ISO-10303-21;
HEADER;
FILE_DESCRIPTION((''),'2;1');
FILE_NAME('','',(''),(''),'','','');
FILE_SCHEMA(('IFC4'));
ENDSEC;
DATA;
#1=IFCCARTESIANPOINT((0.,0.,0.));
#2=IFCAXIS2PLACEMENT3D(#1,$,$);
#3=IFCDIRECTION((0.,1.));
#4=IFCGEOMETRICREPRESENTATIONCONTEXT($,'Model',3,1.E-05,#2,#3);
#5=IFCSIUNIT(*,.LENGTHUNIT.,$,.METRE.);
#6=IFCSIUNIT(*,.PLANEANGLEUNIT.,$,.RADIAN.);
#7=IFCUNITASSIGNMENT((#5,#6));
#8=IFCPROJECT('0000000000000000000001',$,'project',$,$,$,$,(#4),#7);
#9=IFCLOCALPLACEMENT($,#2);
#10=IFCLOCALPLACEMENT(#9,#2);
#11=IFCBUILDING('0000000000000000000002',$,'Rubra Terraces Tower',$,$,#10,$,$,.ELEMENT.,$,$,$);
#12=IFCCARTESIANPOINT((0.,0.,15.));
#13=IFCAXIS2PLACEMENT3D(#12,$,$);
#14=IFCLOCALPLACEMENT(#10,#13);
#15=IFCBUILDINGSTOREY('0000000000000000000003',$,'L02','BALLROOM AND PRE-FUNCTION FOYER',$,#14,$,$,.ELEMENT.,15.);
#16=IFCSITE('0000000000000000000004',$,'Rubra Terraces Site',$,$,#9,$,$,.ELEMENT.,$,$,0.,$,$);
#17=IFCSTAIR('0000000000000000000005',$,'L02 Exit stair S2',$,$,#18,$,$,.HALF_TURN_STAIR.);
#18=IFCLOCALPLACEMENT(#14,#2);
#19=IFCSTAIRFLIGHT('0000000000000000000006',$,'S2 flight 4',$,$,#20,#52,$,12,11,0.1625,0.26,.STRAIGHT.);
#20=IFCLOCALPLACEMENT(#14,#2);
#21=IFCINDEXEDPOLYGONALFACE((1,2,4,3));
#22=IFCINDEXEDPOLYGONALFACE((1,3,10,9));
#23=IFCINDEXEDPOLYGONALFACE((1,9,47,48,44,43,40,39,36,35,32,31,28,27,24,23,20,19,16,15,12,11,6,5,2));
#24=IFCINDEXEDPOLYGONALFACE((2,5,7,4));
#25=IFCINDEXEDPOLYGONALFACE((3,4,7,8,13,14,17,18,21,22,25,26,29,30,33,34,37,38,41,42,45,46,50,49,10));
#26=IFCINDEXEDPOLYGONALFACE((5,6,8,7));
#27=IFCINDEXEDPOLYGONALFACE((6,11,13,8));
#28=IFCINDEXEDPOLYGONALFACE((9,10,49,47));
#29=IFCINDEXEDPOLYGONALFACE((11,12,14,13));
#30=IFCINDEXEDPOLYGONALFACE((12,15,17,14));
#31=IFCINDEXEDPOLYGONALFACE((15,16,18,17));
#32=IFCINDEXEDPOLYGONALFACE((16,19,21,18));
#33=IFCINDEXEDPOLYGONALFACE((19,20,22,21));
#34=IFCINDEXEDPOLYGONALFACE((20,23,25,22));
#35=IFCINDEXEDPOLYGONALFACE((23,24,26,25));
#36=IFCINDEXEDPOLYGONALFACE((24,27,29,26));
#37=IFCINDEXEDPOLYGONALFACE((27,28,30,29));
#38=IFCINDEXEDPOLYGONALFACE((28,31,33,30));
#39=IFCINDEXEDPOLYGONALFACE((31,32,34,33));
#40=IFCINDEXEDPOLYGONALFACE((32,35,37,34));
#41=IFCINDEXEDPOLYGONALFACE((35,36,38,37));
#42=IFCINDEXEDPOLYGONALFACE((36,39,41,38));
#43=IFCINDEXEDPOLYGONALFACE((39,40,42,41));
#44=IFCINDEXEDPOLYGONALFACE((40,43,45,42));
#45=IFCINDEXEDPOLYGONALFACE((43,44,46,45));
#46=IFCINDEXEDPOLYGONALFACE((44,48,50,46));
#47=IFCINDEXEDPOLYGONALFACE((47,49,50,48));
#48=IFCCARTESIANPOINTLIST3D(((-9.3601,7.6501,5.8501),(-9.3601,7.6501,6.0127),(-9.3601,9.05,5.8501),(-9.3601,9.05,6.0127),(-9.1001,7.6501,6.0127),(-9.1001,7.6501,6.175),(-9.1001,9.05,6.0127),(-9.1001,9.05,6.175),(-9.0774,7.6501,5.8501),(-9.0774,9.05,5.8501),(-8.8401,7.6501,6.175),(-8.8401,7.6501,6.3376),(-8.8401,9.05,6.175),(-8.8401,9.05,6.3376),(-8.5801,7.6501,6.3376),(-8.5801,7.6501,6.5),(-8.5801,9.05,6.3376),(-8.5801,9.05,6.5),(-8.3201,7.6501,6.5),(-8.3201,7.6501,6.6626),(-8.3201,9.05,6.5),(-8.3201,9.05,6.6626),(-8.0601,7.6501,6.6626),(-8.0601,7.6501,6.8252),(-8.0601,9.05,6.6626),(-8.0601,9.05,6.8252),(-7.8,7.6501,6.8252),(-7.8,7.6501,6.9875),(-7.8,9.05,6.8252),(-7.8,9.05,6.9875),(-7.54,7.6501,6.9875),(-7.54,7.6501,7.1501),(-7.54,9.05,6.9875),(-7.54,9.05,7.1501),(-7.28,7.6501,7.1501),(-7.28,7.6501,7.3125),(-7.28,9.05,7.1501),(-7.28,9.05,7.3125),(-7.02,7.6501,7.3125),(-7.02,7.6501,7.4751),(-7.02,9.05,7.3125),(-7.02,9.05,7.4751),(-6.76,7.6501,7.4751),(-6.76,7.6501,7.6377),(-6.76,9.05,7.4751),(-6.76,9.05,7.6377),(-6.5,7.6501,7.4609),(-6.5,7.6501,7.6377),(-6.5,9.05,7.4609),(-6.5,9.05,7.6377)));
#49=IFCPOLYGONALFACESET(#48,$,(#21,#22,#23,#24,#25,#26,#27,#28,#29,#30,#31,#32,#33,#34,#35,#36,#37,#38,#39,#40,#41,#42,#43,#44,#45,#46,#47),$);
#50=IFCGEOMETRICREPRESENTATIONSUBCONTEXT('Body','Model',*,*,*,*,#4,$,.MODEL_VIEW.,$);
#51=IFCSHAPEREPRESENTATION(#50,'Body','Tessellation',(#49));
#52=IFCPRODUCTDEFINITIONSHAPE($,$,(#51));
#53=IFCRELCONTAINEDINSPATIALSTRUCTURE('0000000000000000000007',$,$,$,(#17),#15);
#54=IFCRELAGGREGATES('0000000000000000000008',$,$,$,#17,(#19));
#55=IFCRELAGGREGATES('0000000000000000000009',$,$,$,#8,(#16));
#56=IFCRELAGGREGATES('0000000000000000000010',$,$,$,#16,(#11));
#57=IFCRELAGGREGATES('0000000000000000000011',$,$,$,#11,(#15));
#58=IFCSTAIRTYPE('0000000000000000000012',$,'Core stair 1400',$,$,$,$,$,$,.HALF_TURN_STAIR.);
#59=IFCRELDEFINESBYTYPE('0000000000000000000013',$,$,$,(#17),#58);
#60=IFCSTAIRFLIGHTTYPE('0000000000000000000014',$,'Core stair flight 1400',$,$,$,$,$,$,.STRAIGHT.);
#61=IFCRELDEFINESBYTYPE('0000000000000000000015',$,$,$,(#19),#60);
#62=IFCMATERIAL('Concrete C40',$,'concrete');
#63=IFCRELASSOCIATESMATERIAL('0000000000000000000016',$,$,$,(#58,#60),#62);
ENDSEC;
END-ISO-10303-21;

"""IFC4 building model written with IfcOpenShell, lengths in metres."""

from ifc_helpers import new_model, si_unit, direction, frame, origin, place, context, subcontext, project, spatial, polyline, outline, extrude, material, type_object, element, aggregate, save


model = new_model("IFC4")

# Units and contexts
model_context = context("Model", 3, precision=1e-05, world=origin(), true_north=direction((0.0, 1.0)))
body_context = subcontext(model_context, "Body", "Model", "MODEL_VIEW")
ifc_project = project(units=[si_unit("LENGTHUNIT", "METRE"), si_unit("PLANEANGLEUNIT", "RADIAN")], contexts=[model_context])

# Site, building, storey
site_placement = place(None, origin())
site = spatial("IfcSite", under=ifc_project, at=site_placement, Name="Rubra Terraces Site", CompositionType="ELEMENT", RefElevation=0.0)
building_placement = place(site_placement, origin())
building = spatial("IfcBuilding", under=site, at=building_placement, Name="Rubra Terraces Tower", CompositionType="ELEMENT")
storey_placement = place(building_placement, frame((0.0, 0.0, 15.0)))
storey = spatial("IfcBuildingStorey", under=building, at=storey_placement, Name="L02", Description="BALLROOM AND PRE-FUNCTION FOYER", CompositionType="ELEMENT", Elevation=15.0)

# Shared definitions
ifc_material_1 = material(Name="Concrete C40", Category="concrete")

# Stair, stair flight
stair_type = type_object("IfcStairType", Name="Core stair 1400", PredefinedType="HALF_TURN_STAIR", material=ifc_material_1)
stair_placement = place(storey_placement, origin())
stair = element("IfcStair", 1, at=stair_placement, inside=storey, type_object=stair_type, Name="L02 Exit stair S2", PredefinedType="HALF_TURN_STAIR")
stair_flight_type = type_object("IfcStairFlightType", Name="Core stair flight 1400", PredefinedType="STRAIGHT", material=ifc_material_1)
stair_flight_1_placement = place(storey_placement, frame((-9.3601, 8.3501, 5.8501), z_axis=(0.0, 0.0, 1.0), x_axis=(1.0, 0.0, 0.0)))
stair_flight_1 = element("IfcStairFlight", 2, at=stair_flight_1_placement, type_object=stair_flight_type, Name="S2 flight 4", NumberOfRisers=12, NumberOfTreads=11, PredefinedType="STRAIGHT", RiserHeight=0.1625, TreadLength=0.26, context=body_context, shape_type="SweptSolid", body=[
    extrude(outline(polyline([(0.0, 0.0), (0.0, 0.1626), (0.26, 0.1626), (0.26, 0.325), (0.52, 0.325), (0.52, 0.4875), (0.78, 0.4875), (0.78, 0.6499), (1.04, 0.6499), (1.04, 0.8125), (1.3, 0.8125), (1.3, 0.9751), (1.5601, 0.9751), (1.5601, 1.1375), (1.8201, 1.1375), (1.8201, 1.3), (2.0801, 1.3), (2.0801, 1.4624), (2.3401, 1.4624), (2.3401, 1.625), (2.6001, 1.625), (2.6001, 1.7876), (2.8601, 1.7876), (2.8601, 1.95), (2.8601, 1.6108), (0.2827, 0.0), (0.0, 0.0)])), frame((0.0, 0.7, 0.0), z_axis=(0.0, -1.0, 0.0), x_axis=(1.0, 0.0, 0.0)), (0.0, 0.0, 1.0), 1.3999),
])
aggregate(stair, [stair_flight_1])

save(model, "model.ifc")
